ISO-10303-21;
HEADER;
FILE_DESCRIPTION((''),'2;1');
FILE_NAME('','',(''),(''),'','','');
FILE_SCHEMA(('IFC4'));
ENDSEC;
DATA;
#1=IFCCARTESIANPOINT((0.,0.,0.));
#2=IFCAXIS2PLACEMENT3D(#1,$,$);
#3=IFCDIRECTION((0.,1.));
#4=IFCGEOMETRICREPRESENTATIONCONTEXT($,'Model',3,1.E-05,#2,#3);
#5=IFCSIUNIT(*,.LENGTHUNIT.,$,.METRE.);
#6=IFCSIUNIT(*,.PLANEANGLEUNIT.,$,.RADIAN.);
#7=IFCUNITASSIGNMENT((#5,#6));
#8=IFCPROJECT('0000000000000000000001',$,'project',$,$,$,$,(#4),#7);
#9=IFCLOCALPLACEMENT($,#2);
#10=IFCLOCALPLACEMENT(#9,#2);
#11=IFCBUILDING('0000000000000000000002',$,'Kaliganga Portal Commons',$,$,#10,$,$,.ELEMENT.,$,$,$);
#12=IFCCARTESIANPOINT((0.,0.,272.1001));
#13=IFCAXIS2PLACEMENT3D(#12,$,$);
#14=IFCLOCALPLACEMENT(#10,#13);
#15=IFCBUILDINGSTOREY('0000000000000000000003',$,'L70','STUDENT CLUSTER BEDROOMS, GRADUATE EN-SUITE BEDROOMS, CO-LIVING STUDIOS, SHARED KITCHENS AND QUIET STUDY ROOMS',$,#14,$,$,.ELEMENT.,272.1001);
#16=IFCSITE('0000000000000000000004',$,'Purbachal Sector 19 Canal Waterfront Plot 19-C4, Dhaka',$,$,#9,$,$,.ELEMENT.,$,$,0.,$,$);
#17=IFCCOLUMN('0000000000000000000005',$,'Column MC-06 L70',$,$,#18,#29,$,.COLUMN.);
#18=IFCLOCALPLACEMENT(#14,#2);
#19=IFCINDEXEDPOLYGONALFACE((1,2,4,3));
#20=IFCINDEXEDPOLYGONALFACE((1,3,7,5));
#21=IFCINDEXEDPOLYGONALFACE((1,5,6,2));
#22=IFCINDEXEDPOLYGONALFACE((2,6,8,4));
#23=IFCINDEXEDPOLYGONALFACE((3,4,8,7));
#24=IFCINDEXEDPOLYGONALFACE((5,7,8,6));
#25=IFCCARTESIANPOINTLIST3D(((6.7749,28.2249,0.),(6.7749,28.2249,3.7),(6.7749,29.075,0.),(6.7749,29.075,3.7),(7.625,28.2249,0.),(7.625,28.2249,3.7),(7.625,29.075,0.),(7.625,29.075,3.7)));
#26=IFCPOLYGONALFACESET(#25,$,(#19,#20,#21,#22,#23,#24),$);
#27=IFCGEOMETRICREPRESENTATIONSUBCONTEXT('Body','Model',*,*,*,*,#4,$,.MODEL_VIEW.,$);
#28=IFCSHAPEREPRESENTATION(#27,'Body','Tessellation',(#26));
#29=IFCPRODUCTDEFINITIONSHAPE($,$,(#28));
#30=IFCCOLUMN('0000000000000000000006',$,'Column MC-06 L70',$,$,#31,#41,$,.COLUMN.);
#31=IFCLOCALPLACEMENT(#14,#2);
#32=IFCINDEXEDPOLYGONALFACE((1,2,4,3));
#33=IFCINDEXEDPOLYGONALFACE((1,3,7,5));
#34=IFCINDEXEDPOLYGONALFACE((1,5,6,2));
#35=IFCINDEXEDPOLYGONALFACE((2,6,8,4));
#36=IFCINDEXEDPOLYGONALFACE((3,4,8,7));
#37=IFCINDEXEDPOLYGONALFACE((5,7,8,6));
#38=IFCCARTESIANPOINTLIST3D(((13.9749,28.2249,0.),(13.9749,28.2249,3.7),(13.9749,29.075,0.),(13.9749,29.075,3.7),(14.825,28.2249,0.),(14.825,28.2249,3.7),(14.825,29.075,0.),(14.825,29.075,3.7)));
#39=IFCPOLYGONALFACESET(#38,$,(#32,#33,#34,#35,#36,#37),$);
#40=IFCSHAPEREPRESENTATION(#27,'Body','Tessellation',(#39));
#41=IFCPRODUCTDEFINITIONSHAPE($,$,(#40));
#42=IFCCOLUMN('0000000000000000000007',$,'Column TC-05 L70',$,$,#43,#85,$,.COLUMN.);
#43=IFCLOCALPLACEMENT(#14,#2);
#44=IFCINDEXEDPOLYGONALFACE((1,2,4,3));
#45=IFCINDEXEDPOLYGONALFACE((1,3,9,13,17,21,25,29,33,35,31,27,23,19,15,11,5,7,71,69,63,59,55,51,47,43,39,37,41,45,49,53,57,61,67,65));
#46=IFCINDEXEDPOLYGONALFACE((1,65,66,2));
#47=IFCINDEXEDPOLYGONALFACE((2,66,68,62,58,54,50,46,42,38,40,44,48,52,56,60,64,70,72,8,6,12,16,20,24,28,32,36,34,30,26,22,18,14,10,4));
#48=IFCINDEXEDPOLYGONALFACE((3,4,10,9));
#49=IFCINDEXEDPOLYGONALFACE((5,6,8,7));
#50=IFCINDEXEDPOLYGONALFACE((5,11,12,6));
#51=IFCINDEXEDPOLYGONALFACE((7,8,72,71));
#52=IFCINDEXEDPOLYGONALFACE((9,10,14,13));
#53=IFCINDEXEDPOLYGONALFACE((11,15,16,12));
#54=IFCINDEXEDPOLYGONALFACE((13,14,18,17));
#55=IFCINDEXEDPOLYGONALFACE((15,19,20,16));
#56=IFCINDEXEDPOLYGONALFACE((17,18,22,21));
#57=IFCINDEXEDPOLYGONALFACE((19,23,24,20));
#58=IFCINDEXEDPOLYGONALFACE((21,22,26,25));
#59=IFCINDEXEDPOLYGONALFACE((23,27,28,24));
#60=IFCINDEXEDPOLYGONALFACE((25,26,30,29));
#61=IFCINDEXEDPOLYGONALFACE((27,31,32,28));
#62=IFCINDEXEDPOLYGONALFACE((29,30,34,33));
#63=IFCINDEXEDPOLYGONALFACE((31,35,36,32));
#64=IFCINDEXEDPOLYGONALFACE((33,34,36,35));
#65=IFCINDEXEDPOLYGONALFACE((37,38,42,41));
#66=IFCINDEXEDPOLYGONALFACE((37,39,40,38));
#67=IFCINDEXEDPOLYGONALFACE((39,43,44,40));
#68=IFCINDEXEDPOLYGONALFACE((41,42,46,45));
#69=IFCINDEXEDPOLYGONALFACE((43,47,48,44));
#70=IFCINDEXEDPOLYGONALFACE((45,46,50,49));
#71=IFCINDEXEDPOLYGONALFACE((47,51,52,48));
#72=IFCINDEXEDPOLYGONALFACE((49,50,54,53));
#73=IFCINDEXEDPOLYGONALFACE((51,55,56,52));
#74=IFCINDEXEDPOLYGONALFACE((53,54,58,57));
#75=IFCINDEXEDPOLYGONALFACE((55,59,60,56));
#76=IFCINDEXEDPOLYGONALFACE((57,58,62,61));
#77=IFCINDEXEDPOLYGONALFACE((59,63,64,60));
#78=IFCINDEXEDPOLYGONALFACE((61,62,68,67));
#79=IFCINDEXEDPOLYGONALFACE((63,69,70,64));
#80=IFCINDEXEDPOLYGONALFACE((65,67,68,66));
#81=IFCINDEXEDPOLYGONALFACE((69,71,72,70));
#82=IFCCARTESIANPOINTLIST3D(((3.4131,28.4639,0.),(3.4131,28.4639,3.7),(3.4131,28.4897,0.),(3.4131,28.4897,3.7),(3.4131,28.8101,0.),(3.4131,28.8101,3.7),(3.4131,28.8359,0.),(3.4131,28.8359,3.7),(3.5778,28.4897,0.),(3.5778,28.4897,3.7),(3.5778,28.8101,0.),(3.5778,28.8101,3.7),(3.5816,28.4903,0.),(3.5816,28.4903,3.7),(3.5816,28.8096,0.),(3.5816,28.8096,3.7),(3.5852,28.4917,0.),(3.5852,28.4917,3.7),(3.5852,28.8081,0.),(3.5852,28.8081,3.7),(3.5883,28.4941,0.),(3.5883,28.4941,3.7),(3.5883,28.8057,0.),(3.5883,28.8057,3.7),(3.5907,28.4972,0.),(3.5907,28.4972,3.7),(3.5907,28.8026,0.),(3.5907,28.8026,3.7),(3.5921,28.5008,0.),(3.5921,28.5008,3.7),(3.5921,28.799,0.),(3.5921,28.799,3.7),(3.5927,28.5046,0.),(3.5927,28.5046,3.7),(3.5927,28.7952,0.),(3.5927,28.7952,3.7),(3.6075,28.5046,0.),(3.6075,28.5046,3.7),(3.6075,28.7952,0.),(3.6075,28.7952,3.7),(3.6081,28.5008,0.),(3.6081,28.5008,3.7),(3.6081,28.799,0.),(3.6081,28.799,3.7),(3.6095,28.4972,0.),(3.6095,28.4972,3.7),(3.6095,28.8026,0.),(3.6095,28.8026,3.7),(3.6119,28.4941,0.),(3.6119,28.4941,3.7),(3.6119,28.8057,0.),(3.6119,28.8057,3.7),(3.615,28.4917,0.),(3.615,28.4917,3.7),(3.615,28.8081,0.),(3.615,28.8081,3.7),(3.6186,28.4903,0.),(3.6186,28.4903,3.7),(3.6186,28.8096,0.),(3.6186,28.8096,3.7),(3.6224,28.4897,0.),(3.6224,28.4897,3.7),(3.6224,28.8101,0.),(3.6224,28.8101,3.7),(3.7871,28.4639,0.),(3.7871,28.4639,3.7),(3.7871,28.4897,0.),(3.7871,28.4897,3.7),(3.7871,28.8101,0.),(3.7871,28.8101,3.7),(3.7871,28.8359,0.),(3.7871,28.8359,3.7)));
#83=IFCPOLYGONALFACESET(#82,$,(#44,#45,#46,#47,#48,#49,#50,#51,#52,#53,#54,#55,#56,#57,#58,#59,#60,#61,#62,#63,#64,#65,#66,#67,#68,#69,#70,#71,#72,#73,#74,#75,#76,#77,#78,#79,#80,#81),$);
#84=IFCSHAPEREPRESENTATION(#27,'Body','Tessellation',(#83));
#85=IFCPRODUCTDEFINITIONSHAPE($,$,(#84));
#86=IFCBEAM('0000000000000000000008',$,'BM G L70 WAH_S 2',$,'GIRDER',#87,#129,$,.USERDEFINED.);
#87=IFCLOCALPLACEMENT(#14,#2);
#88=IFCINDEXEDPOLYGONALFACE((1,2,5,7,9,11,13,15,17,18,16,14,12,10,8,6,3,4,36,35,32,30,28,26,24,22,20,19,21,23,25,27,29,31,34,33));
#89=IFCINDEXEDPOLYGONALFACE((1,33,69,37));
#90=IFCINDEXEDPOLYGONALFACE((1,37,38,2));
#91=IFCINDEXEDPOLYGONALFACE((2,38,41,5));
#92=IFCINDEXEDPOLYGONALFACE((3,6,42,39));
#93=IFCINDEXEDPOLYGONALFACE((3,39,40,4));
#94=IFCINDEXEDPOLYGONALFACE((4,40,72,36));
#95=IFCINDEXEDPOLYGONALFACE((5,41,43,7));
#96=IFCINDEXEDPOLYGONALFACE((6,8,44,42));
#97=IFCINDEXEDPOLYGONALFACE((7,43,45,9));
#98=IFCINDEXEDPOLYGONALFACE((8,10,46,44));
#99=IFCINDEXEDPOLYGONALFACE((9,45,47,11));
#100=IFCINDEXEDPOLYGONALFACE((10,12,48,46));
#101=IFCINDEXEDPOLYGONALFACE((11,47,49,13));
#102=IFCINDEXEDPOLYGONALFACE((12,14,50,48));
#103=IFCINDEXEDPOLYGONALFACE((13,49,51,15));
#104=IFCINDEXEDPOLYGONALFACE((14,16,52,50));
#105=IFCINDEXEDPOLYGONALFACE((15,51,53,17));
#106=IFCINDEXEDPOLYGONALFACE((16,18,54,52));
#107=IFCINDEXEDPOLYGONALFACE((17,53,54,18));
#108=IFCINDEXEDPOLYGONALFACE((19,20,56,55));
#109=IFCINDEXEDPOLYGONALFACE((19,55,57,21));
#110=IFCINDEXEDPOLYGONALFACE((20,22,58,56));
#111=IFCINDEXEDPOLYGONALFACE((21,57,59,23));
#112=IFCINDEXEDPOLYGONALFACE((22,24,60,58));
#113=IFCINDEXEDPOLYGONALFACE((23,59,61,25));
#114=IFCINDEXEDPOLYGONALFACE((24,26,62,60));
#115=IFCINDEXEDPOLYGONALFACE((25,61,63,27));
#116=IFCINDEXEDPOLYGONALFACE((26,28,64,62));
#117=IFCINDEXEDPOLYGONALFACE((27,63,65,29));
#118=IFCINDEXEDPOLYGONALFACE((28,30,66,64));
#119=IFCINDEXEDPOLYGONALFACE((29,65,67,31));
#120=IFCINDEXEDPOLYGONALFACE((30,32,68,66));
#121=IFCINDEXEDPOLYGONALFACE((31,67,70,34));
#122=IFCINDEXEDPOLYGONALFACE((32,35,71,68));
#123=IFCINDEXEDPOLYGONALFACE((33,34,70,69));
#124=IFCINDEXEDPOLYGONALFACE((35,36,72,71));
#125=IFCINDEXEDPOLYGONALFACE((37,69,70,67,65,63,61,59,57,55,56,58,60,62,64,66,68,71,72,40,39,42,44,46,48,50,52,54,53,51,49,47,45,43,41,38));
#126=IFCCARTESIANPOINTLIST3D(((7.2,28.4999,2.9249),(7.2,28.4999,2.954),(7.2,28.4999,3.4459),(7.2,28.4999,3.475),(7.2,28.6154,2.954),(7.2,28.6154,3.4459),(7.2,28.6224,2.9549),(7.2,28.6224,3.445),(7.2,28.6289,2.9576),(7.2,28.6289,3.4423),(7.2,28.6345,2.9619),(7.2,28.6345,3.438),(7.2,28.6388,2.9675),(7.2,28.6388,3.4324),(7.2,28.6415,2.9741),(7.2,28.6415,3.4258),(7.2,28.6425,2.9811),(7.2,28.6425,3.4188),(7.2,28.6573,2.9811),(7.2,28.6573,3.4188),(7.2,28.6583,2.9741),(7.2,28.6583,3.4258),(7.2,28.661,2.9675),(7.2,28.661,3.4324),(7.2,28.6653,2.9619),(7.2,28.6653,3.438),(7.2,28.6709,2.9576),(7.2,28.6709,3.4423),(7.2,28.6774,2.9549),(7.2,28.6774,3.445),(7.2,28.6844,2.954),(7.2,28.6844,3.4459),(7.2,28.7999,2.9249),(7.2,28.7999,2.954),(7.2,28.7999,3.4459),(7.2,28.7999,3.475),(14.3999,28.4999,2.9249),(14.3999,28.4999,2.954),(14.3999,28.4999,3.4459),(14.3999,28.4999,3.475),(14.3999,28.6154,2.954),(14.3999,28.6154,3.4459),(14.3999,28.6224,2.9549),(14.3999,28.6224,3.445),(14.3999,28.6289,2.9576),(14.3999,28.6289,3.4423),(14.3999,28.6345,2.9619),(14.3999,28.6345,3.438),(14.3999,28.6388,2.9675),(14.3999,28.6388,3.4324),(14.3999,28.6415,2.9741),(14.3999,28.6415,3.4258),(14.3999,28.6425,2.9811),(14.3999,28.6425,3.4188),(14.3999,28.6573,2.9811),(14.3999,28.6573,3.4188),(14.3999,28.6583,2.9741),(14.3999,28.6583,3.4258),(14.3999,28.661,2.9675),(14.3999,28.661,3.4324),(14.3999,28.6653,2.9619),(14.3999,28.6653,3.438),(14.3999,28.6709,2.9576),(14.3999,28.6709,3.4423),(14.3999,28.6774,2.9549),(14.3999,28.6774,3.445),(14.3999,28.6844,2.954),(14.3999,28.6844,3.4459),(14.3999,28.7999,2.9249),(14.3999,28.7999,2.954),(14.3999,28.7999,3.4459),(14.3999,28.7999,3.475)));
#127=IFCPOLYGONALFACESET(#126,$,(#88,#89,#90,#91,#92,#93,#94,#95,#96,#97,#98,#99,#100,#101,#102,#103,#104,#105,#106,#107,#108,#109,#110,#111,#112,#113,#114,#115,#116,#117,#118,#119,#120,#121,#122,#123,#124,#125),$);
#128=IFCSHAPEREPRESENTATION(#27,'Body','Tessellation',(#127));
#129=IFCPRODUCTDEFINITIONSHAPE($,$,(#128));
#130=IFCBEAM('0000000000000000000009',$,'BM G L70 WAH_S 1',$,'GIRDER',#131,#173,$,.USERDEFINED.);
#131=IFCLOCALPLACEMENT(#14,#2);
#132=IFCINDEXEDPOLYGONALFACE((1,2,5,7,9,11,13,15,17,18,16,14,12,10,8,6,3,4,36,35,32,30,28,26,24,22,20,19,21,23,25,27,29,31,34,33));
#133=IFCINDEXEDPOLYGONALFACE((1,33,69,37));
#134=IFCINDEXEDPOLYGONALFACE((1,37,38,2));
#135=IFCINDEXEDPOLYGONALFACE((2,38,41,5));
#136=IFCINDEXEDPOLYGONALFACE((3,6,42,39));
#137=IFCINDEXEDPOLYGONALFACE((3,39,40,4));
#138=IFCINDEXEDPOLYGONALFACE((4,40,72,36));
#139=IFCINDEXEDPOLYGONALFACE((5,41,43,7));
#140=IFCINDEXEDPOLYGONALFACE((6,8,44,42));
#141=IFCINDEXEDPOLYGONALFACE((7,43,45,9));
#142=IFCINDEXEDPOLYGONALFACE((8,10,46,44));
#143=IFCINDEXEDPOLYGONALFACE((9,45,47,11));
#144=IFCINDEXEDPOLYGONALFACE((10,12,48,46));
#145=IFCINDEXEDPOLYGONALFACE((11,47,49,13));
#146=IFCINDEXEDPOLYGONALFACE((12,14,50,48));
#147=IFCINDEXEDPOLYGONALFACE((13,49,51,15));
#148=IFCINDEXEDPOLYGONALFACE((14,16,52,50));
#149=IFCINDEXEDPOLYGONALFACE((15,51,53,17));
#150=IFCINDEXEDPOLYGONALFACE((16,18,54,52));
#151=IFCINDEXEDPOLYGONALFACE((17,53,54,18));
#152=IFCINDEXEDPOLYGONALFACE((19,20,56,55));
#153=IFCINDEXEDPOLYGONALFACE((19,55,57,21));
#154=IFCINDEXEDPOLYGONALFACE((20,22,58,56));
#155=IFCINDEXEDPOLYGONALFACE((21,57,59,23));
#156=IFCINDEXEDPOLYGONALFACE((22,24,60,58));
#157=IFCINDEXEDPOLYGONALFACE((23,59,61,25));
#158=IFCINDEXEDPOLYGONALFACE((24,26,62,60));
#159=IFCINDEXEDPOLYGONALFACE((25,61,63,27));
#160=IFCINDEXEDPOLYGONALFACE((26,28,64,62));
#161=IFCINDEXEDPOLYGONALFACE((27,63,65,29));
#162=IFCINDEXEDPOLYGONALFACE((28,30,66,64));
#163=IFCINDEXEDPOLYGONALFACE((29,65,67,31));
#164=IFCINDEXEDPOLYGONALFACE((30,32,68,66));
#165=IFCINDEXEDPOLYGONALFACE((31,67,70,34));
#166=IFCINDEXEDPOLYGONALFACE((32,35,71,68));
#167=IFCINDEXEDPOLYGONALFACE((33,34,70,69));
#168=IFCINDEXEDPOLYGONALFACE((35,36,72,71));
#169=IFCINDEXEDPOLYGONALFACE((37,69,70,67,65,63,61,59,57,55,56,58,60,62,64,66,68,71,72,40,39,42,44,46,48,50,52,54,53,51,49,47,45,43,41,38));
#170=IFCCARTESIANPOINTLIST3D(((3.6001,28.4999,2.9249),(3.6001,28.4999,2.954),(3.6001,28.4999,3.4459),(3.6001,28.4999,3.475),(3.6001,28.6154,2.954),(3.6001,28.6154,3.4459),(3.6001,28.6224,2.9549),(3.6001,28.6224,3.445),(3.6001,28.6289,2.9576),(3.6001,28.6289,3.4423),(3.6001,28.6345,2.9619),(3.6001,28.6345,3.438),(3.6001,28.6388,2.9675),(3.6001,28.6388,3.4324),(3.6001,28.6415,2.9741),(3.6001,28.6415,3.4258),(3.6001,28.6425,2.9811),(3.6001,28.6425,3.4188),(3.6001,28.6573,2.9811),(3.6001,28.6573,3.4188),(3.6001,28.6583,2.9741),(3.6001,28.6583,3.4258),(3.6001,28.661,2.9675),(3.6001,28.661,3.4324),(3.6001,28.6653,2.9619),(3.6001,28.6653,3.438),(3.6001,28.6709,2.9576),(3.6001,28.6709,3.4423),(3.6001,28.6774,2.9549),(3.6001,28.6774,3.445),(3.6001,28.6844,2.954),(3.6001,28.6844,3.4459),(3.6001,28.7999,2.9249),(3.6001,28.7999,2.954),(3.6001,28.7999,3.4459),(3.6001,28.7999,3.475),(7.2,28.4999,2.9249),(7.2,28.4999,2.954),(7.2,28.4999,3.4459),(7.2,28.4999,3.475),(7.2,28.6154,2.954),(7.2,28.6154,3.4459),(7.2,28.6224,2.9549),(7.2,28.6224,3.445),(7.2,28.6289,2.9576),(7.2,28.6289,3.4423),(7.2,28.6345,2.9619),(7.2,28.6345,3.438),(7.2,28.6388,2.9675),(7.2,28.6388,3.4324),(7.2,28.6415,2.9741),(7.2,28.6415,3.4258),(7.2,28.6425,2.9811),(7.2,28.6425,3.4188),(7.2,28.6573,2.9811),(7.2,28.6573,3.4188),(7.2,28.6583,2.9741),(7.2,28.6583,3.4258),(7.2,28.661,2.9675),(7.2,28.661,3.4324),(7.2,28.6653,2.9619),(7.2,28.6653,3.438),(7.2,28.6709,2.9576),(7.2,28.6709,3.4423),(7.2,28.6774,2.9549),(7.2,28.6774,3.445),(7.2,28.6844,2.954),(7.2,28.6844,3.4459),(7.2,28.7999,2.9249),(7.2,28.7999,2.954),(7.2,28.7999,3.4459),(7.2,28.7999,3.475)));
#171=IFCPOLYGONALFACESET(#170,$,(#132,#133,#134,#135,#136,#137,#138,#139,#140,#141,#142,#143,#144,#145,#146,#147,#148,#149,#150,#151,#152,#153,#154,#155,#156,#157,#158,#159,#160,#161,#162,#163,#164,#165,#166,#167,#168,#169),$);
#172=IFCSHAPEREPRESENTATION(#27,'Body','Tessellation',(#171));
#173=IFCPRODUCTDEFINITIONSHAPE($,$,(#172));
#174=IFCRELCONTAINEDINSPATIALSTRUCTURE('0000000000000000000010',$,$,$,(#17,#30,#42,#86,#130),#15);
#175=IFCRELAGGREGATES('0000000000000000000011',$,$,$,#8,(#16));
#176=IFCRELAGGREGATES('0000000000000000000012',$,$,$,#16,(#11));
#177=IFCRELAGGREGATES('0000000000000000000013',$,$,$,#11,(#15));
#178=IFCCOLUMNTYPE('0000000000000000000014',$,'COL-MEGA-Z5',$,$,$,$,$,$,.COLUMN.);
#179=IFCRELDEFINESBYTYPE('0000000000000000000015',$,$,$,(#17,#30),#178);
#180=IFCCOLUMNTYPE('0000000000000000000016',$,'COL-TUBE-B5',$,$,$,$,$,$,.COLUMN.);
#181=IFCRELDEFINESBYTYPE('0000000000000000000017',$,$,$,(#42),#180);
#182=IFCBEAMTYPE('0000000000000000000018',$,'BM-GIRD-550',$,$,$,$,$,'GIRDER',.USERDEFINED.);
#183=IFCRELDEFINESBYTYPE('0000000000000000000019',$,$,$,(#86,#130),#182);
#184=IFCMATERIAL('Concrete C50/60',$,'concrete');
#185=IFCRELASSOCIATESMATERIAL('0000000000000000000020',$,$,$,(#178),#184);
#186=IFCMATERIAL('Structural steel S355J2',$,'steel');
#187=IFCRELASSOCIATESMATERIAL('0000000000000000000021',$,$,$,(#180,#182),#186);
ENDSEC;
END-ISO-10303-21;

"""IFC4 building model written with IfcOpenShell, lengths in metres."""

from ifc_helpers import new_model, si_unit, direction, frame, origin, origin_2d, place, context, subcontext, project, spatial, rectangle, i_section, extrude, source, transform, mapped, material, material_profile, profile_set, type_object, element, save


model = new_model("IFC4")

# Units and contexts
model_context = context("Model", 3, precision=1e-05, world=origin(), true_north=direction((0.0, 1.0)))
body_context = subcontext(model_context, "Body", "Model", "MODEL_VIEW")
ifc_project = project(units=[si_unit("LENGTHUNIT", "METRE"), si_unit("PLANEANGLEUNIT", "RADIAN")], contexts=[model_context])

# Site, building, storey
site_placement = place(None, origin())
site = spatial("IfcSite", under=ifc_project, at=site_placement, Name="Purbachal Sector 19 Canal Waterfront Plot 19-C4, Dhaka", CompositionType="ELEMENT", RefElevation=0.0)
building_placement = place(site_placement, origin())
building = spatial("IfcBuilding", under=site, at=building_placement, Name="Kaliganga Portal Commons", CompositionType="ELEMENT")
storey_placement = place(building_placement, frame((0.0, 0.0, 272.1001)))
storey = spatial("IfcBuildingStorey", under=building, at=storey_placement, Name="L70", Description="STUDENT CLUSTER BEDROOMS, GRADUATE EN-SUITE BEDROOMS, CO-LIVING STUDIOS, SHARED KITCHENS AND QUIET STUDY ROOMS", CompositionType="ELEMENT", Elevation=272.1001)

# Columns
ifc_material_1 = material(Name="Concrete C50/60", Category="concrete")
ifc_material_profile_1 = material_profile(ifc_material_1, rectangle(XDim=0.8501, YDim=0.8501, at=origin_2d()), Name="RC 850x850")
ifc_profile_set_1 = profile_set([ifc_material_profile_1], Name="Concrete C50/60")
column_type_1 = type_object("IfcColumnType", Name="COL-MEGA-Z5", PredefinedType="COLUMN", material=ifc_profile_set_1)
shared_shape_1 = source(origin(), body_context, "Body", "SweptSolid", [
    extrude(rectangle(XDim=0.8501, YDim=0.8501, at=origin_2d()), origin(), (0.0, 0.0, 1.0), 3.7),
])
for number, where, z_axis, x_axis, name in (
    (1, (7.2, 28.6499, 0.0), (0.0, 0.0, 1.0), (1.0, 0.0, 0.0), "Column MC-06 L70"),
    (2, (14.3999, 28.6499, 0.0), (0.0, 0.0, 1.0), (1.0, 0.0, 0.0), "Column MC-06 L70"),
):
    element("IfcColumn", number, at=place(storey_placement, frame(where, z_axis=z_axis, x_axis=x_axis)), inside=storey, type_object=column_type_1, Name=name, PredefinedType="COLUMN", context=body_context, shape_type="MappedRepresentation", body=[
        mapped(shared_shape_1, transform((0.0, 0.0, 0.0), x_axis=(1.0, 0.0, 0.0), y_axis=(0.0, 1.0, 0.0), z_axis=(0.0, 0.0, 1.0), scale=1.0)),
    ])
ifc_material_2 = material(Name="Structural steel S355J2", Category="steel")
ifc_material_profile_2 = material_profile(ifc_material_2, i_section(OverallWidth=0.374, OverallDepth=0.3721, WebThickness=0.0149, FlangeThickness=0.0259, FilletRadius=0.0149, at=origin_2d()), Name="HD 360x196")
ifc_profile_set_2 = profile_set([ifc_material_profile_2], Name="Structural steel S355J2 wide-flange")
column_type_2 = type_object("IfcColumnType", Name="COL-TUBE-B5", PredefinedType="COLUMN", material=ifc_profile_set_2)
shared_shape_2 = source(origin(), body_context, "Body", "SweptSolid", [
    extrude(i_section(OverallWidth=0.374, OverallDepth=0.3721, WebThickness=0.0149, FlangeThickness=0.0259, FilletRadius=0.0149, at=origin_2d()), origin(), (0.0, 0.0, 1.0), 3.7),
])
column_placement = place(storey_placement, frame((3.6001, 28.6499, 0.0), z_axis=(0.0, 0.0, 1.0), x_axis=(1.0, 0.0, 0.0)))
element("IfcColumn", 3, at=column_placement, inside=storey, type_object=column_type_2, Name="Column TC-05 L70", PredefinedType="COLUMN", context=body_context, shape_type="MappedRepresentation", body=[
    mapped(shared_shape_2, transform((0.0, 0.0, 0.0), x_axis=(1.0, 0.0, 0.0), y_axis=(0.0, 1.0, 0.0), z_axis=(0.0, 0.0, 1.0), scale=1.0)),
])

# Beams
ifc_material_profile_3 = material_profile(ifc_material_2, i_section(OverallWidth=0.3, OverallDepth=0.55, WebThickness=0.0149, FlangeThickness=0.0291, FilletRadius=0.0271, at=origin_2d()), Name="HE 550 B")
ifc_profile_set_3 = profile_set([ifc_material_profile_3], Name="Structural steel S355J2 wide-flange")
beam_type_1 = type_object("IfcBeamType", Name="BM-GIRD-550", ElementType="GIRDER", PredefinedType="USERDEFINED", material=ifc_profile_set_3)
shared_shape_3 = source(origin(), body_context, "Body", "SweptSolid", [
    extrude(i_section(OverallWidth=0.3, OverallDepth=0.55, WebThickness=0.0149, FlangeThickness=0.0291, FilletRadius=0.0271, at=origin_2d()), origin(), (0.0, 0.0, 1.0), 7.2),
])
beam_1_placement = place(storey_placement, frame((7.2, 28.6499, 3.2), z_axis=(1.0, 0.0, 0.0), x_axis=(0.0, 1.0, 0.0)))
element("IfcBeam", 4, at=beam_1_placement, inside=storey, type_object=beam_type_1, Name="BM G L70 WAH_S 2", ObjectType="GIRDER", PredefinedType="USERDEFINED", context=body_context, shape_type="MappedRepresentation", body=[
    mapped(shared_shape_3, transform((0.0, 0.0, 0.0), x_axis=(1.0, 0.0, 0.0), y_axis=(0.0, 1.0, 0.0), z_axis=(0.0, 0.0, 1.0), scale=1.0)),
])
shared_shape_4 = source(origin(), body_context, "Body", "SweptSolid", [
    extrude(i_section(OverallWidth=0.3, OverallDepth=0.55, WebThickness=0.0149, FlangeThickness=0.0291, FilletRadius=0.0271, at=origin_2d()), origin(), (0.0, 0.0, 1.0), 3.5999),
])
beam_2_placement = place(storey_placement, frame((3.6001, 28.6499, 3.2), z_axis=(1.0, 0.0, 0.0), x_axis=(0.0, 1.0, 0.0)))
element("IfcBeam", 5, at=beam_2_placement, inside=storey, type_object=beam_type_1, Name="BM G L70 WAH_S 1", ObjectType="GIRDER", PredefinedType="USERDEFINED", context=body_context, shape_type="MappedRepresentation", body=[
    mapped(shared_shape_4, transform((0.0, 0.0, 0.0), x_axis=(1.0, 0.0, 0.0), y_axis=(0.0, 1.0, 0.0), z_axis=(0.0, 0.0, 1.0), scale=1.0)),
])

save(model, "model.ifc")
